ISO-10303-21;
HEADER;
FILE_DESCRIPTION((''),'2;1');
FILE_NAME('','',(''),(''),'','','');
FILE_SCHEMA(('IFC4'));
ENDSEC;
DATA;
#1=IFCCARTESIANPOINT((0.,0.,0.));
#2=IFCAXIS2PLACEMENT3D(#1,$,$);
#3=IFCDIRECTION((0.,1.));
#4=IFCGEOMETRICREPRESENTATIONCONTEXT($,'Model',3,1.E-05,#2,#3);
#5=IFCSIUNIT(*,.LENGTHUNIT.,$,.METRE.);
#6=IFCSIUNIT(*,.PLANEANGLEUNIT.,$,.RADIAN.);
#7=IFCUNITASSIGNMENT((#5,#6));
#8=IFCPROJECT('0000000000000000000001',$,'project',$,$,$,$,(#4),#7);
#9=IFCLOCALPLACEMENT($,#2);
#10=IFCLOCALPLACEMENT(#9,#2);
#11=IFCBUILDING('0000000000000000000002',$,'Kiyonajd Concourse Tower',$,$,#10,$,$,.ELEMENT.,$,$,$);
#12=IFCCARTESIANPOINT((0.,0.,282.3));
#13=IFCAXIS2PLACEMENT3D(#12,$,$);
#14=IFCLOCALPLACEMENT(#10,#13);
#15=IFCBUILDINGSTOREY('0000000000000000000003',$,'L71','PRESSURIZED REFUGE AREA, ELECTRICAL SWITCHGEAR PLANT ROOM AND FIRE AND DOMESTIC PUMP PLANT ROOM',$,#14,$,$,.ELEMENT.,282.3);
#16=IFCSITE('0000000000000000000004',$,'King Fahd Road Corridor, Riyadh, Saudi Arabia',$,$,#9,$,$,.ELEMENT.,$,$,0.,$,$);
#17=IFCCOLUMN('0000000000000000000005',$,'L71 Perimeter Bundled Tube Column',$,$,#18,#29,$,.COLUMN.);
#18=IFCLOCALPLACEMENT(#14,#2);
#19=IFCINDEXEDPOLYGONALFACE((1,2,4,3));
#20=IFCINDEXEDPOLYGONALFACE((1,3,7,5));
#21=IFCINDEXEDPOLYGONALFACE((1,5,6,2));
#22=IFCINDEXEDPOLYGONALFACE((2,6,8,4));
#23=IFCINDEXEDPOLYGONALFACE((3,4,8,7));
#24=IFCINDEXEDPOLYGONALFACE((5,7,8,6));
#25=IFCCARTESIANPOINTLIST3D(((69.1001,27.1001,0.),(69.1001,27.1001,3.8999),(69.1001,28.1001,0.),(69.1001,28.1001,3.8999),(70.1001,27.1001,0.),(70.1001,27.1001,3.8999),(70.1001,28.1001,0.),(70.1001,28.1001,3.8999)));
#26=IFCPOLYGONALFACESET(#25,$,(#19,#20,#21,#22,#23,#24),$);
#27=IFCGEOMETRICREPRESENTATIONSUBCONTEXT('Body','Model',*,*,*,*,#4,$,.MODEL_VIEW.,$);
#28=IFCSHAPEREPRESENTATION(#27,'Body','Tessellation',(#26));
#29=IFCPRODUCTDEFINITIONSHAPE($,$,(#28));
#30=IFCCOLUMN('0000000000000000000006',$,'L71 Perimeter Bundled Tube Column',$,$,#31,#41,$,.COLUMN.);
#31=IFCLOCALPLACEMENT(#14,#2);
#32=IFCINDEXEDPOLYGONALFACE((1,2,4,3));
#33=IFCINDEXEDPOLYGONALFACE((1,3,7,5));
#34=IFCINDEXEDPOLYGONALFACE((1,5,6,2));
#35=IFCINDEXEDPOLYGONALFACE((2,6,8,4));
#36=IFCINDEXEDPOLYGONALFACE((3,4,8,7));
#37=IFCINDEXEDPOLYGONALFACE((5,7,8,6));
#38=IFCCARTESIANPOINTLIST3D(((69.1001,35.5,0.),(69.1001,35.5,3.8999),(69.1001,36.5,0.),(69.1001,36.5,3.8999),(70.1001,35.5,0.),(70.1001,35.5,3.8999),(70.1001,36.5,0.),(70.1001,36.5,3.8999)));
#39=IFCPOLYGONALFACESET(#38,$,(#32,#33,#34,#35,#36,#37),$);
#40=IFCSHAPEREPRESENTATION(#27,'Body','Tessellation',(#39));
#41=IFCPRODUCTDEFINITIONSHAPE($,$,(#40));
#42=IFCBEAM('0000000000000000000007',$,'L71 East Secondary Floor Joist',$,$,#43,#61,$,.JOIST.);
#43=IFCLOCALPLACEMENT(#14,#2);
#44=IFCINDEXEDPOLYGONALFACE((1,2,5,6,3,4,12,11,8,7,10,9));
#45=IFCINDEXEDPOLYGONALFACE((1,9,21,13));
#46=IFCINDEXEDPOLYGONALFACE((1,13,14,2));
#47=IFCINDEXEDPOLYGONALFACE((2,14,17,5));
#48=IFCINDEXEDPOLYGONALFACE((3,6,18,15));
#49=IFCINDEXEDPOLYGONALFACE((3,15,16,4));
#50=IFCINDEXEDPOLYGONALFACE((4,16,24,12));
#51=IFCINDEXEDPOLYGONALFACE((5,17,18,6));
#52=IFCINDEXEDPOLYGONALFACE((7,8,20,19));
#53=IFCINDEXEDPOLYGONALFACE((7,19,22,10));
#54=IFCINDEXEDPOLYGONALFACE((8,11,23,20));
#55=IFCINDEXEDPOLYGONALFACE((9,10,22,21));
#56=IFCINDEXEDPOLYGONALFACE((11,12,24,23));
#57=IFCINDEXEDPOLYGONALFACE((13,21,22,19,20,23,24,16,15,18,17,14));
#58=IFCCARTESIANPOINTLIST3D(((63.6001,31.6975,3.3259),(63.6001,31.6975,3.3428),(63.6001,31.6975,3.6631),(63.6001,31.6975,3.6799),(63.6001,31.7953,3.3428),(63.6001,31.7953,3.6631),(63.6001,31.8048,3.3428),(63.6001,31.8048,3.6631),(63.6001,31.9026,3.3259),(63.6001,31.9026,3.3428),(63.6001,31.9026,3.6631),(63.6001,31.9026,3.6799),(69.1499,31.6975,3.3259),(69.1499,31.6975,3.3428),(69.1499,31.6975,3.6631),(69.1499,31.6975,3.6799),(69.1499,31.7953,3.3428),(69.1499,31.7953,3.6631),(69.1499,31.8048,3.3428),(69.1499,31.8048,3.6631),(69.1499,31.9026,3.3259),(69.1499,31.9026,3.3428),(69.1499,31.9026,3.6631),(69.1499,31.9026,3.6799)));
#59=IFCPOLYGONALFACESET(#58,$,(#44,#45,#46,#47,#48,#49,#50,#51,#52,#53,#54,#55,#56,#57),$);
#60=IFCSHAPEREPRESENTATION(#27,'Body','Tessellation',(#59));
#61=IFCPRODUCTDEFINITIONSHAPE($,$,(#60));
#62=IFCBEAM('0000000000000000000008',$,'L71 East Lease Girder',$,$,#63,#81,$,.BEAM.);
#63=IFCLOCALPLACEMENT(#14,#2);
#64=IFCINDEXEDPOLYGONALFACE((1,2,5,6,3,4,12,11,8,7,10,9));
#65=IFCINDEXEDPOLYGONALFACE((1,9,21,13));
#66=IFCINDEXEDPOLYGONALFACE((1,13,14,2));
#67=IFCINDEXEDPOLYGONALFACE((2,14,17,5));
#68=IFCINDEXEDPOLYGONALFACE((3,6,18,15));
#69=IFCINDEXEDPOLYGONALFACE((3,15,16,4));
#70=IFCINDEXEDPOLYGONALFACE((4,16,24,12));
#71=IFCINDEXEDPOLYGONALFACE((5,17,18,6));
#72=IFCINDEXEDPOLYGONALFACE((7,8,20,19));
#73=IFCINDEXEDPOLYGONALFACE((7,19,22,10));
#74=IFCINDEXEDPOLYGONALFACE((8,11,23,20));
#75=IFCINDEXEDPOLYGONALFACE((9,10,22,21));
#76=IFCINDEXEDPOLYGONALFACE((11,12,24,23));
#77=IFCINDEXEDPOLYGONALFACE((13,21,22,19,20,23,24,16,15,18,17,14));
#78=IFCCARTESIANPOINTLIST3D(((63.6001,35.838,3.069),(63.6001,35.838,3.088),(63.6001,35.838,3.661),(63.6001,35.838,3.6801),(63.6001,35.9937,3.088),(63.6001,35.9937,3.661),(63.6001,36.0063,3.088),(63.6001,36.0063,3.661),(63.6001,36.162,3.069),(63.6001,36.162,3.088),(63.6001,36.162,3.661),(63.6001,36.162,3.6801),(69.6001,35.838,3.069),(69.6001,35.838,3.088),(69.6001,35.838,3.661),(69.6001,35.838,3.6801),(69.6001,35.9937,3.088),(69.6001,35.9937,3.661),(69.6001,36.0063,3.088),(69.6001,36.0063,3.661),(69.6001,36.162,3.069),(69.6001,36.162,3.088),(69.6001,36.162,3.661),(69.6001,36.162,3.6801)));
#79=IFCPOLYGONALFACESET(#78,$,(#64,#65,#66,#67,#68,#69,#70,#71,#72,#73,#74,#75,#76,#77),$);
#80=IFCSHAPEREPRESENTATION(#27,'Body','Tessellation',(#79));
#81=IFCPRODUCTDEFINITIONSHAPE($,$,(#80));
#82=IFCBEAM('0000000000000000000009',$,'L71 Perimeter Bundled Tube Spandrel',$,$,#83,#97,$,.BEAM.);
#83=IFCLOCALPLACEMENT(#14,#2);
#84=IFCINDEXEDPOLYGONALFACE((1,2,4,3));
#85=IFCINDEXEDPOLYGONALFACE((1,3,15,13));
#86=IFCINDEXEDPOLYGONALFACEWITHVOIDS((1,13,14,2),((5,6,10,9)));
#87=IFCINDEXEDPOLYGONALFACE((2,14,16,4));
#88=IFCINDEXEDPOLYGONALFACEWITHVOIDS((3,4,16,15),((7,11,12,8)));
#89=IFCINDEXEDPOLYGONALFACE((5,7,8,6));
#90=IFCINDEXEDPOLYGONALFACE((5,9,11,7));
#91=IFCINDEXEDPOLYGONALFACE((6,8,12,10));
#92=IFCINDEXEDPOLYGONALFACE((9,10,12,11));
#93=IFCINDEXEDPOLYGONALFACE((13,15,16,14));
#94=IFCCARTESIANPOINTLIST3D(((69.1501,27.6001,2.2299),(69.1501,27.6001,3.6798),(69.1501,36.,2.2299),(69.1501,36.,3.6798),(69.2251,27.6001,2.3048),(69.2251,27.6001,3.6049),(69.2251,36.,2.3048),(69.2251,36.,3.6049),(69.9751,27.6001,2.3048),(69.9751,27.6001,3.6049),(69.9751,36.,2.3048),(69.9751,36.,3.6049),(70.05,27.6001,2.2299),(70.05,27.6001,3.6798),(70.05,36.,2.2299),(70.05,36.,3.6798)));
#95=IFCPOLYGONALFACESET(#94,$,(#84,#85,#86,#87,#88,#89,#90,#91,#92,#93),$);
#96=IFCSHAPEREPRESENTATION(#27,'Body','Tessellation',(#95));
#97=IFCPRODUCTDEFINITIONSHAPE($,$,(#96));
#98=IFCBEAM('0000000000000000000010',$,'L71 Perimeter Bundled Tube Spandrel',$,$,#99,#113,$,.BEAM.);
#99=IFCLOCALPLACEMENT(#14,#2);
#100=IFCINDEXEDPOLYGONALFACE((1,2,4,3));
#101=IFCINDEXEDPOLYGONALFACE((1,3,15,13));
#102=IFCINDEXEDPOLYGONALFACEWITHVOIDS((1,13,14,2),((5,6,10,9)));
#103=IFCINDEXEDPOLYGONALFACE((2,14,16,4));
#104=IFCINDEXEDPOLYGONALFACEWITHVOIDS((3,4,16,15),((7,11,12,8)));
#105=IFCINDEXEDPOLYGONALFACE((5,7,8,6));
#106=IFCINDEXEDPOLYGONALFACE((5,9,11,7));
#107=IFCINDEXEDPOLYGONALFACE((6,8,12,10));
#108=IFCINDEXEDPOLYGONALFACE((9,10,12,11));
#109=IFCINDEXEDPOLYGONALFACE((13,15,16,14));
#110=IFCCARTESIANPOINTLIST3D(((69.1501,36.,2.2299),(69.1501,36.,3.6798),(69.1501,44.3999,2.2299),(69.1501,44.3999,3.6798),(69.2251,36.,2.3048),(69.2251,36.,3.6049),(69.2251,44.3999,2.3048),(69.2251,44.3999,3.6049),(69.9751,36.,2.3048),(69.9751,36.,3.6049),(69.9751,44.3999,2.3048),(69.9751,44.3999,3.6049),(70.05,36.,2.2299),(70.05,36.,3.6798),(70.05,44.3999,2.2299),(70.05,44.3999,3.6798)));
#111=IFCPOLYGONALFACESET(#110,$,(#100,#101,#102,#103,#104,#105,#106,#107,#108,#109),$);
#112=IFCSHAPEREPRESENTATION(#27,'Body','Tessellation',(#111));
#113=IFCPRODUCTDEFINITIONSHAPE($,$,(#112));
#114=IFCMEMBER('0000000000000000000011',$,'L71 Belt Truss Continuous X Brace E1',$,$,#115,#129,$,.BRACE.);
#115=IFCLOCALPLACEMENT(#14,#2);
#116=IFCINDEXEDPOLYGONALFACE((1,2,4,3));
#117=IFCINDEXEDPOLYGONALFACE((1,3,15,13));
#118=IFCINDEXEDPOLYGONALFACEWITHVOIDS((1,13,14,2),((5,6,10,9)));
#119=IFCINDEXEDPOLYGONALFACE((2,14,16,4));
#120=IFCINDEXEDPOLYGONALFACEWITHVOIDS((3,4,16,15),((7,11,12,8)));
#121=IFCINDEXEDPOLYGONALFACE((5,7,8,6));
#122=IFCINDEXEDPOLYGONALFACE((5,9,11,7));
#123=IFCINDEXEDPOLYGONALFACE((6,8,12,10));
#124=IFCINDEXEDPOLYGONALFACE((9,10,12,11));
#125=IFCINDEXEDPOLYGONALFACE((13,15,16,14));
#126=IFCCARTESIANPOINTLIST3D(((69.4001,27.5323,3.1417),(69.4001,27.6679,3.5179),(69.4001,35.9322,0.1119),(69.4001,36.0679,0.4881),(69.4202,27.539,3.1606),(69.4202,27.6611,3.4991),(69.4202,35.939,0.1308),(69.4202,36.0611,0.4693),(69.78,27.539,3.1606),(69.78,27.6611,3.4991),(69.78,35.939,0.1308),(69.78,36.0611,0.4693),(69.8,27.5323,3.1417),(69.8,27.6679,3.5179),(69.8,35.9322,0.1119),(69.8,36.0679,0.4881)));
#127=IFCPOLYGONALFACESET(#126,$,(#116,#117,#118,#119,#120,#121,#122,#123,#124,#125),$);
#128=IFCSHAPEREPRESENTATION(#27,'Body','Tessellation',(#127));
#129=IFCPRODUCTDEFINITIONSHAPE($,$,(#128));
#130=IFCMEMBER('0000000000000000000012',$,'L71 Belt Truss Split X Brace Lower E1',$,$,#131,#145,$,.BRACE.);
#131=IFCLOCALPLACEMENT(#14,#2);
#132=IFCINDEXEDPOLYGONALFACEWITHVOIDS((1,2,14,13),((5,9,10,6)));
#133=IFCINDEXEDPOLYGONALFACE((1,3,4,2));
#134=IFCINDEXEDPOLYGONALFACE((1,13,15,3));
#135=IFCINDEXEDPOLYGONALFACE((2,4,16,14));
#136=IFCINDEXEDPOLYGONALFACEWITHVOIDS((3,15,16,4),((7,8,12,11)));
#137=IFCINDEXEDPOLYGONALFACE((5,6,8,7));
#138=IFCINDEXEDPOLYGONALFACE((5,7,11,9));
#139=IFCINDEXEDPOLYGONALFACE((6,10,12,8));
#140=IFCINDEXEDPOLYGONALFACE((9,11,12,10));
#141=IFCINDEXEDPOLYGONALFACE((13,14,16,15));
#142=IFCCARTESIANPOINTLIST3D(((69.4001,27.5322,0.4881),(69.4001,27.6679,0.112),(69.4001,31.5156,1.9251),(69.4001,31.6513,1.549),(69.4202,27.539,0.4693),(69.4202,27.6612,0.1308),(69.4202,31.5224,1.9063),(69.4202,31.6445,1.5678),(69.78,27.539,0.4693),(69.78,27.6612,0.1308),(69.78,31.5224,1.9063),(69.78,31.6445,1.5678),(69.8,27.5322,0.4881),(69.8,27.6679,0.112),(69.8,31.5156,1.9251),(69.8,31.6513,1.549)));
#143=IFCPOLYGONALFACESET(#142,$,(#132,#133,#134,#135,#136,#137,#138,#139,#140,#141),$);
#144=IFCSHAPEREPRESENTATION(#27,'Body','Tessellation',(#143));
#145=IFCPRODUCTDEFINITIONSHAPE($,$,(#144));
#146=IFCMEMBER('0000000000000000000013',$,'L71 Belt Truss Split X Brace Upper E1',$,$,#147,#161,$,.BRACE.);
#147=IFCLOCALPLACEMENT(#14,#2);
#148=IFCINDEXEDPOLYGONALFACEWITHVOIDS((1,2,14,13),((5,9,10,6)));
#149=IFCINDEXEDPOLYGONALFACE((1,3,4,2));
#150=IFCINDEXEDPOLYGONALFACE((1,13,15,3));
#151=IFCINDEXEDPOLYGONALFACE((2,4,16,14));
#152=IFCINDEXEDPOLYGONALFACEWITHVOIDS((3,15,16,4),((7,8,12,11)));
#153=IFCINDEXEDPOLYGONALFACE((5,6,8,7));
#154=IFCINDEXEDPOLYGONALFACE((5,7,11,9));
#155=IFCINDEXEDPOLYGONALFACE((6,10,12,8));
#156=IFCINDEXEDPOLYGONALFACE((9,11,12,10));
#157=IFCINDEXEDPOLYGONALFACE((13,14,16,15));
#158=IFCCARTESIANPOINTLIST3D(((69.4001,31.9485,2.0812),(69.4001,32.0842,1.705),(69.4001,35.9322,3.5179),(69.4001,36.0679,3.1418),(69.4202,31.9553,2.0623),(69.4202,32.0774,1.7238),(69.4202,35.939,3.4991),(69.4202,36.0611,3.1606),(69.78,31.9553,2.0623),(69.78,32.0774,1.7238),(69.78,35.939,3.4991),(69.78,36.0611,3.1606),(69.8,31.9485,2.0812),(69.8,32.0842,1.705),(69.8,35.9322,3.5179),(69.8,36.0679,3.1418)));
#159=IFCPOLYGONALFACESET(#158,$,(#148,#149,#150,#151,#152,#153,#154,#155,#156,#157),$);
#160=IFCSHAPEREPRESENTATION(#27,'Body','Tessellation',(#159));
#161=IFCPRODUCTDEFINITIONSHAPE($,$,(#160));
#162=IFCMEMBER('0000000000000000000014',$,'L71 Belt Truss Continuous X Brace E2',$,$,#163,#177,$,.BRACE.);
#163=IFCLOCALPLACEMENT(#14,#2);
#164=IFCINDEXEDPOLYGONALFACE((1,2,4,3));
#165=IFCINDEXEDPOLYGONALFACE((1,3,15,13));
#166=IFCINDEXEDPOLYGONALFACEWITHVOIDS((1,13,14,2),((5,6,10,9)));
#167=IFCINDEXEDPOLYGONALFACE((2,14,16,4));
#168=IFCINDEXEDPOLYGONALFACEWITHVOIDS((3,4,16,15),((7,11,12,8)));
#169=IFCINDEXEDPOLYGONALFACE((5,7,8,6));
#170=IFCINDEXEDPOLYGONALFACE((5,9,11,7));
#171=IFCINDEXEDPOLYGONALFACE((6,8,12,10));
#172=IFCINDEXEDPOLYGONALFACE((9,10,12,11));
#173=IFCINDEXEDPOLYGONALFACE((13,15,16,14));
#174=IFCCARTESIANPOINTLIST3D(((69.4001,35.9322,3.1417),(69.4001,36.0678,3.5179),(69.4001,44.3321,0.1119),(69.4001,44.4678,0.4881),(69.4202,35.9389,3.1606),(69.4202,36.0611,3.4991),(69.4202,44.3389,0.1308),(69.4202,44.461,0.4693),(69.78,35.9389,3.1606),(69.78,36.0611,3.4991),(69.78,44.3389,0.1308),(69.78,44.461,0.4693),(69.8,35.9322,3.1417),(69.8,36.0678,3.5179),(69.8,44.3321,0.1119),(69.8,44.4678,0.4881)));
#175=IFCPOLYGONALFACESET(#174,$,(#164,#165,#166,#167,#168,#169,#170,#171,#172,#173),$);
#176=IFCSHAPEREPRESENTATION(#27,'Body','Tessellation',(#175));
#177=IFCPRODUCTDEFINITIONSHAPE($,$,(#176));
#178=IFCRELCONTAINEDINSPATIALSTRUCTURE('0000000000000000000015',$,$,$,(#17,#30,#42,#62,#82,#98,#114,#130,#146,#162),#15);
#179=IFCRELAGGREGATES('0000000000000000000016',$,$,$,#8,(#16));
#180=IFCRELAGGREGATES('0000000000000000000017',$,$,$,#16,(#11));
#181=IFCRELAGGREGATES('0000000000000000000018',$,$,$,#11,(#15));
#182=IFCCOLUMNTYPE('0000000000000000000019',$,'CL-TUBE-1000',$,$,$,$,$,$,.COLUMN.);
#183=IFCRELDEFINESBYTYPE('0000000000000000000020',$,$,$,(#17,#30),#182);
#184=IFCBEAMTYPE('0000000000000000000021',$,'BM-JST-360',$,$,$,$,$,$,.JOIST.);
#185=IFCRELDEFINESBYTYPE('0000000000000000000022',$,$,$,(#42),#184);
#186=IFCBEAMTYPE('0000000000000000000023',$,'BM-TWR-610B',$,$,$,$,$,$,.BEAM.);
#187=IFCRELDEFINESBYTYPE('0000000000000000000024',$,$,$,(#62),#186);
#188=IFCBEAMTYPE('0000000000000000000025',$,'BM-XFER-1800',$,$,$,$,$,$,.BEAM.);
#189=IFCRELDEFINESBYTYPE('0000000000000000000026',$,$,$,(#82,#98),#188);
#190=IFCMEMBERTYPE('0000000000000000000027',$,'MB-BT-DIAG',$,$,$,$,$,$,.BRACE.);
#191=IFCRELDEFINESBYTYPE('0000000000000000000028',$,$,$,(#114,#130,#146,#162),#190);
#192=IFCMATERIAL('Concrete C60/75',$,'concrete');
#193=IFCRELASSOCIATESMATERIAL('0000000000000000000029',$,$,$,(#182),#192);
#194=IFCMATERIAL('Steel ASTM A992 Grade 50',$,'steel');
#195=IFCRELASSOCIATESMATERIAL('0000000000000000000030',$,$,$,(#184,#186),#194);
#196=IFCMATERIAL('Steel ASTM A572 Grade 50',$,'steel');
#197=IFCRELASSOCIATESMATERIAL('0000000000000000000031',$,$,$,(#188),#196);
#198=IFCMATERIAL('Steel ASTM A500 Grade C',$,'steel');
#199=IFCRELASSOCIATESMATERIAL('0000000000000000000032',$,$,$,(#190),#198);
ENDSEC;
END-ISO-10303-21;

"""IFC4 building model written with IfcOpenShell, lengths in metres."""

from ifc_helpers import new_model, si_unit, direction, frame, origin, origin_2d, place, context, subcontext, project, spatial, rectangle, hollow_rectangle, i_section, extrude, material, material_profile, profile_set, type_object, element, save


model = new_model("IFC4")

# Units and contexts
model_context = context("Model", 3, precision=1e-05, world=origin(), true_north=direction((0.0, 1.0)))
body_context = subcontext(model_context, "Body", "Model", "MODEL_VIEW")
ifc_project = project(units=[si_unit("LENGTHUNIT", "METRE"), si_unit("PLANEANGLEUNIT", "RADIAN")], contexts=[model_context])

# Site, building, storey
site_placement = place(None, origin())
site = spatial("IfcSite", under=ifc_project, at=site_placement, Name="King Fahd Road Corridor, Riyadh, Saudi Arabia", CompositionType="ELEMENT", RefElevation=0.0)
building_placement = place(site_placement, origin())
building = spatial("IfcBuilding", under=site, at=building_placement, Name="Kiyonajd Concourse Tower", CompositionType="ELEMENT")
storey_placement = place(building_placement, frame((0.0, 0.0, 282.3)))
storey = spatial("IfcBuildingStorey", under=building, at=storey_placement, Name="L71", Description="PRESSURIZED REFUGE AREA, ELECTRICAL SWITCHGEAR PLANT ROOM AND FIRE AND DOMESTIC PUMP PLANT ROOM", CompositionType="ELEMENT", Elevation=282.3)

# Columns
ifc_material_1 = material(Name="Concrete C60/75", Category="concrete")
ifc_material_profile_1 = material_profile(ifc_material_1, rectangle(XDim=1.0, YDim=1.0, at=origin_2d()), Name="RC-1000x1000")
ifc_profile_set_1 = profile_set([ifc_material_profile_1], Name="Concrete C60/75")
column_type = type_object("IfcColumnType", Name="CL-TUBE-1000", PredefinedType="COLUMN", material=ifc_profile_set_1)
for number, where, z_axis, x_axis, name in (
    (1, (69.6001, 27.6001, 0.0), (0.0, 0.0, 1.0), (1.0, 0.0, 0.0), "L71 Perimeter Bundled Tube Column"),
    (2, (69.6001, 36.0, 0.0), (0.0, 0.0, 1.0), (1.0, 0.0, 0.0), "L71 Perimeter Bundled Tube Column"),
):
    element("IfcColumn", number, at=place(storey_placement, frame(where, z_axis=z_axis, x_axis=x_axis)), inside=storey, type_object=column_type, Name=name, PredefinedType="COLUMN", context=body_context, shape_type="SweptSolid", body=[
        extrude(rectangle(XDim=1.0, YDim=1.0, at=origin_2d()), origin(), (0.0, 0.0, 1.0), 3.8999),
    ])

# Beams
ifc_material_2 = material(Name="Steel ASTM A992 Grade 50", Category="steel")
ifc_material_profile_2 = material_profile(ifc_material_2, i_section(OverallWidth=0.2051, OverallDepth=0.354, WebThickness=0.0095, FlangeThickness=0.0168, at=origin_2d()), Name="W360X79")
ifc_profile_set_2 = profile_set([ifc_material_profile_2], Name="Steel ASTM A992 Grade 50")
beam_type_1 = type_object("IfcBeamType", Name="BM-JST-360", PredefinedType="JOIST", material=ifc_profile_set_2)
beam_1_placement = place(storey_placement, frame((63.6001, 31.8, 3.5029), z_axis=(1.0, 0.0, 0.0), x_axis=(0.0, 1.0, 0.0)))
element("IfcBeam", 3, at=beam_1_placement, inside=storey, type_object=beam_type_1, Name="L71 East Secondary Floor Joist", PredefinedType="JOIST", context=body_context, shape_type="SweptSolid", body=[
    extrude(i_section(OverallWidth=0.2051, OverallDepth=0.354, WebThickness=0.0095, FlangeThickness=0.0168, at=origin_2d()), origin(), (0.0, 0.0, 1.0), 5.5498),
])
ifc_material_profile_3 = material_profile(ifc_material_2, i_section(OverallWidth=0.324, OverallDepth=0.6111, WebThickness=0.0127, FlangeThickness=0.019, at=origin_2d()), Name="W610X155")
ifc_profile_set_3 = profile_set([ifc_material_profile_3], Name="Steel ASTM A992 Grade 50")
beam_type_2 = type_object("IfcBeamType", Name="BM-TWR-610B", PredefinedType="BEAM", material=ifc_profile_set_3)
beam_2_placement = place(storey_placement, frame((63.6001, 36.0, 3.3745), z_axis=(1.0, 0.0, 0.0), x_axis=(0.0, 1.0, 0.0)))
element("IfcBeam", 4, at=beam_2_placement, inside=storey, type_object=beam_type_2, Name="L71 East Lease Girder", PredefinedType="BEAM", context=body_context, shape_type="SweptSolid", body=[
    extrude(i_section(OverallWidth=0.324, OverallDepth=0.6111, WebThickness=0.0127, FlangeThickness=0.019, at=origin_2d()), origin(), (0.0, 0.0, 1.0), 6.0),
])
ifc_material_3 = material(Name="Steel ASTM A572 Grade 50", Category="steel")
ifc_material_profile_4 = material_profile(ifc_material_3, hollow_rectangle(XDim=0.8999, YDim=1.45, WallThickness=0.075, at=origin_2d()), Name="BOX-1450x900x75")
ifc_profile_set_4 = profile_set([ifc_material_profile_4], Name="Steel ASTM A572 Grade 50")
beam_type_3 = type_object("IfcBeamType", Name="BM-XFER-1800", PredefinedType="BEAM", material=ifc_profile_set_4)
for number, where, z_axis, x_axis, name in (
    (5, (69.6001, 27.6001, 2.9548), (0.0, 1.0, 0.0), (-1.0, 0.0, 0.0), "L71 Perimeter Bundled Tube Spandrel"),
    (6, (69.6001, 36.0, 2.9548), (0.0, 1.0, 0.0), (-1.0, 0.0, 0.0), "L71 Perimeter Bundled Tube Spandrel"),
):
    element("IfcBeam", number, at=place(storey_placement, frame(where, z_axis=z_axis, x_axis=x_axis)), inside=storey, type_object=beam_type_3, Name=name, PredefinedType="BEAM", context=body_context, shape_type="SweptSolid", body=[
        extrude(hollow_rectangle(XDim=0.8999, YDim=1.45, WallThickness=0.075, at=origin_2d()), origin(), (0.0, 0.0, 1.0), 8.3999),
    ])

# Members
ifc_material_4 = material(Name="Steel ASTM A500 Grade C", Category="steel")
ifc_material_profile_5 = material_profile(ifc_material_4, hollow_rectangle(XDim=0.3999, YDim=0.3999, WallThickness=0.02, at=origin_2d()), Name="HSS-400x400x20")
ifc_profile_set_5 = profile_set([ifc_material_profile_5], Name="Steel ASTM A500 Grade C")
member_type_1 = type_object("IfcMemberType", Name="MB-BT-DIAG", PredefinedType="BRACE", material=ifc_profile_set_5)
member_1_placement = place(storey_placement, frame((69.6001, 27.6001, 3.3298), z_axis=(0.0, 0.94068, -0.339296), x_axis=(-1.0, 0.0, 0.0)))
element("IfcMember", 7, at=member_1_placement, inside=storey, type_object=member_type_1, Name="L71 Belt Truss Continuous X Brace E1", PredefinedType="BRACE", context=body_context, shape_type="SweptSolid", body=[
    extrude(hollow_rectangle(XDim=0.3999, YDim=0.3999, WallThickness=0.02, at=origin_2d()), origin(), (0.0, 0.0, 1.0), 8.9297),
])
member_2_placement = place(storey_placement, frame((69.6001, 27.6001, 0.3), z_axis=(0.0, 0.940662, 0.339344), x_axis=(-1.0, 0.0, 0.0)))
element("IfcMember", 8, at=member_2_placement, inside=storey, type_object=member_type_1, Name="L71 Belt Truss Split X Brace Lower E1", PredefinedType="BRACE", context=body_context, shape_type="SweptSolid", body=[
    extrude(hollow_rectangle(XDim=0.3999, YDim=0.3999, WallThickness=0.02, at=origin_2d()), origin(), (0.0, 0.0, 1.0), 4.2346),
])
member_3_placement = place(storey_placement, frame((69.6001, 32.0164, 1.8931), z_axis=(0.0, 0.940687, 0.339275), x_axis=(-1.0, 0.0, 0.0)))
element("IfcMember", 9, at=member_3_placement, inside=storey, type_object=member_type_1, Name="L71 Belt Truss Split X Brace Upper E1", PredefinedType="BRACE", context=body_context, shape_type="SweptSolid", body=[
    extrude(hollow_rectangle(XDim=0.3999, YDim=0.3999, WallThickness=0.02, at=origin_2d()), origin(), (0.0, 0.0, 1.0), 4.2349),
])
member_4_placement = place(storey_placement, frame((69.6001, 36.0, 3.3298), z_axis=(0.0, 0.94068, -0.339296), x_axis=(-1.0, 0.0, 0.0)))
element("IfcMember", 10, at=member_4_placement, inside=storey, type_object=member_type_1, Name="L71 Belt Truss Continuous X Brace E2", PredefinedType="BRACE", context=body_context, shape_type="SweptSolid", body=[
    extrude(hollow_rectangle(XDim=0.3999, YDim=0.3999, WallThickness=0.02, at=origin_2d()), origin(), (0.0, 0.0, 1.0), 8.9297),
])

save(model, "model.ifc")
